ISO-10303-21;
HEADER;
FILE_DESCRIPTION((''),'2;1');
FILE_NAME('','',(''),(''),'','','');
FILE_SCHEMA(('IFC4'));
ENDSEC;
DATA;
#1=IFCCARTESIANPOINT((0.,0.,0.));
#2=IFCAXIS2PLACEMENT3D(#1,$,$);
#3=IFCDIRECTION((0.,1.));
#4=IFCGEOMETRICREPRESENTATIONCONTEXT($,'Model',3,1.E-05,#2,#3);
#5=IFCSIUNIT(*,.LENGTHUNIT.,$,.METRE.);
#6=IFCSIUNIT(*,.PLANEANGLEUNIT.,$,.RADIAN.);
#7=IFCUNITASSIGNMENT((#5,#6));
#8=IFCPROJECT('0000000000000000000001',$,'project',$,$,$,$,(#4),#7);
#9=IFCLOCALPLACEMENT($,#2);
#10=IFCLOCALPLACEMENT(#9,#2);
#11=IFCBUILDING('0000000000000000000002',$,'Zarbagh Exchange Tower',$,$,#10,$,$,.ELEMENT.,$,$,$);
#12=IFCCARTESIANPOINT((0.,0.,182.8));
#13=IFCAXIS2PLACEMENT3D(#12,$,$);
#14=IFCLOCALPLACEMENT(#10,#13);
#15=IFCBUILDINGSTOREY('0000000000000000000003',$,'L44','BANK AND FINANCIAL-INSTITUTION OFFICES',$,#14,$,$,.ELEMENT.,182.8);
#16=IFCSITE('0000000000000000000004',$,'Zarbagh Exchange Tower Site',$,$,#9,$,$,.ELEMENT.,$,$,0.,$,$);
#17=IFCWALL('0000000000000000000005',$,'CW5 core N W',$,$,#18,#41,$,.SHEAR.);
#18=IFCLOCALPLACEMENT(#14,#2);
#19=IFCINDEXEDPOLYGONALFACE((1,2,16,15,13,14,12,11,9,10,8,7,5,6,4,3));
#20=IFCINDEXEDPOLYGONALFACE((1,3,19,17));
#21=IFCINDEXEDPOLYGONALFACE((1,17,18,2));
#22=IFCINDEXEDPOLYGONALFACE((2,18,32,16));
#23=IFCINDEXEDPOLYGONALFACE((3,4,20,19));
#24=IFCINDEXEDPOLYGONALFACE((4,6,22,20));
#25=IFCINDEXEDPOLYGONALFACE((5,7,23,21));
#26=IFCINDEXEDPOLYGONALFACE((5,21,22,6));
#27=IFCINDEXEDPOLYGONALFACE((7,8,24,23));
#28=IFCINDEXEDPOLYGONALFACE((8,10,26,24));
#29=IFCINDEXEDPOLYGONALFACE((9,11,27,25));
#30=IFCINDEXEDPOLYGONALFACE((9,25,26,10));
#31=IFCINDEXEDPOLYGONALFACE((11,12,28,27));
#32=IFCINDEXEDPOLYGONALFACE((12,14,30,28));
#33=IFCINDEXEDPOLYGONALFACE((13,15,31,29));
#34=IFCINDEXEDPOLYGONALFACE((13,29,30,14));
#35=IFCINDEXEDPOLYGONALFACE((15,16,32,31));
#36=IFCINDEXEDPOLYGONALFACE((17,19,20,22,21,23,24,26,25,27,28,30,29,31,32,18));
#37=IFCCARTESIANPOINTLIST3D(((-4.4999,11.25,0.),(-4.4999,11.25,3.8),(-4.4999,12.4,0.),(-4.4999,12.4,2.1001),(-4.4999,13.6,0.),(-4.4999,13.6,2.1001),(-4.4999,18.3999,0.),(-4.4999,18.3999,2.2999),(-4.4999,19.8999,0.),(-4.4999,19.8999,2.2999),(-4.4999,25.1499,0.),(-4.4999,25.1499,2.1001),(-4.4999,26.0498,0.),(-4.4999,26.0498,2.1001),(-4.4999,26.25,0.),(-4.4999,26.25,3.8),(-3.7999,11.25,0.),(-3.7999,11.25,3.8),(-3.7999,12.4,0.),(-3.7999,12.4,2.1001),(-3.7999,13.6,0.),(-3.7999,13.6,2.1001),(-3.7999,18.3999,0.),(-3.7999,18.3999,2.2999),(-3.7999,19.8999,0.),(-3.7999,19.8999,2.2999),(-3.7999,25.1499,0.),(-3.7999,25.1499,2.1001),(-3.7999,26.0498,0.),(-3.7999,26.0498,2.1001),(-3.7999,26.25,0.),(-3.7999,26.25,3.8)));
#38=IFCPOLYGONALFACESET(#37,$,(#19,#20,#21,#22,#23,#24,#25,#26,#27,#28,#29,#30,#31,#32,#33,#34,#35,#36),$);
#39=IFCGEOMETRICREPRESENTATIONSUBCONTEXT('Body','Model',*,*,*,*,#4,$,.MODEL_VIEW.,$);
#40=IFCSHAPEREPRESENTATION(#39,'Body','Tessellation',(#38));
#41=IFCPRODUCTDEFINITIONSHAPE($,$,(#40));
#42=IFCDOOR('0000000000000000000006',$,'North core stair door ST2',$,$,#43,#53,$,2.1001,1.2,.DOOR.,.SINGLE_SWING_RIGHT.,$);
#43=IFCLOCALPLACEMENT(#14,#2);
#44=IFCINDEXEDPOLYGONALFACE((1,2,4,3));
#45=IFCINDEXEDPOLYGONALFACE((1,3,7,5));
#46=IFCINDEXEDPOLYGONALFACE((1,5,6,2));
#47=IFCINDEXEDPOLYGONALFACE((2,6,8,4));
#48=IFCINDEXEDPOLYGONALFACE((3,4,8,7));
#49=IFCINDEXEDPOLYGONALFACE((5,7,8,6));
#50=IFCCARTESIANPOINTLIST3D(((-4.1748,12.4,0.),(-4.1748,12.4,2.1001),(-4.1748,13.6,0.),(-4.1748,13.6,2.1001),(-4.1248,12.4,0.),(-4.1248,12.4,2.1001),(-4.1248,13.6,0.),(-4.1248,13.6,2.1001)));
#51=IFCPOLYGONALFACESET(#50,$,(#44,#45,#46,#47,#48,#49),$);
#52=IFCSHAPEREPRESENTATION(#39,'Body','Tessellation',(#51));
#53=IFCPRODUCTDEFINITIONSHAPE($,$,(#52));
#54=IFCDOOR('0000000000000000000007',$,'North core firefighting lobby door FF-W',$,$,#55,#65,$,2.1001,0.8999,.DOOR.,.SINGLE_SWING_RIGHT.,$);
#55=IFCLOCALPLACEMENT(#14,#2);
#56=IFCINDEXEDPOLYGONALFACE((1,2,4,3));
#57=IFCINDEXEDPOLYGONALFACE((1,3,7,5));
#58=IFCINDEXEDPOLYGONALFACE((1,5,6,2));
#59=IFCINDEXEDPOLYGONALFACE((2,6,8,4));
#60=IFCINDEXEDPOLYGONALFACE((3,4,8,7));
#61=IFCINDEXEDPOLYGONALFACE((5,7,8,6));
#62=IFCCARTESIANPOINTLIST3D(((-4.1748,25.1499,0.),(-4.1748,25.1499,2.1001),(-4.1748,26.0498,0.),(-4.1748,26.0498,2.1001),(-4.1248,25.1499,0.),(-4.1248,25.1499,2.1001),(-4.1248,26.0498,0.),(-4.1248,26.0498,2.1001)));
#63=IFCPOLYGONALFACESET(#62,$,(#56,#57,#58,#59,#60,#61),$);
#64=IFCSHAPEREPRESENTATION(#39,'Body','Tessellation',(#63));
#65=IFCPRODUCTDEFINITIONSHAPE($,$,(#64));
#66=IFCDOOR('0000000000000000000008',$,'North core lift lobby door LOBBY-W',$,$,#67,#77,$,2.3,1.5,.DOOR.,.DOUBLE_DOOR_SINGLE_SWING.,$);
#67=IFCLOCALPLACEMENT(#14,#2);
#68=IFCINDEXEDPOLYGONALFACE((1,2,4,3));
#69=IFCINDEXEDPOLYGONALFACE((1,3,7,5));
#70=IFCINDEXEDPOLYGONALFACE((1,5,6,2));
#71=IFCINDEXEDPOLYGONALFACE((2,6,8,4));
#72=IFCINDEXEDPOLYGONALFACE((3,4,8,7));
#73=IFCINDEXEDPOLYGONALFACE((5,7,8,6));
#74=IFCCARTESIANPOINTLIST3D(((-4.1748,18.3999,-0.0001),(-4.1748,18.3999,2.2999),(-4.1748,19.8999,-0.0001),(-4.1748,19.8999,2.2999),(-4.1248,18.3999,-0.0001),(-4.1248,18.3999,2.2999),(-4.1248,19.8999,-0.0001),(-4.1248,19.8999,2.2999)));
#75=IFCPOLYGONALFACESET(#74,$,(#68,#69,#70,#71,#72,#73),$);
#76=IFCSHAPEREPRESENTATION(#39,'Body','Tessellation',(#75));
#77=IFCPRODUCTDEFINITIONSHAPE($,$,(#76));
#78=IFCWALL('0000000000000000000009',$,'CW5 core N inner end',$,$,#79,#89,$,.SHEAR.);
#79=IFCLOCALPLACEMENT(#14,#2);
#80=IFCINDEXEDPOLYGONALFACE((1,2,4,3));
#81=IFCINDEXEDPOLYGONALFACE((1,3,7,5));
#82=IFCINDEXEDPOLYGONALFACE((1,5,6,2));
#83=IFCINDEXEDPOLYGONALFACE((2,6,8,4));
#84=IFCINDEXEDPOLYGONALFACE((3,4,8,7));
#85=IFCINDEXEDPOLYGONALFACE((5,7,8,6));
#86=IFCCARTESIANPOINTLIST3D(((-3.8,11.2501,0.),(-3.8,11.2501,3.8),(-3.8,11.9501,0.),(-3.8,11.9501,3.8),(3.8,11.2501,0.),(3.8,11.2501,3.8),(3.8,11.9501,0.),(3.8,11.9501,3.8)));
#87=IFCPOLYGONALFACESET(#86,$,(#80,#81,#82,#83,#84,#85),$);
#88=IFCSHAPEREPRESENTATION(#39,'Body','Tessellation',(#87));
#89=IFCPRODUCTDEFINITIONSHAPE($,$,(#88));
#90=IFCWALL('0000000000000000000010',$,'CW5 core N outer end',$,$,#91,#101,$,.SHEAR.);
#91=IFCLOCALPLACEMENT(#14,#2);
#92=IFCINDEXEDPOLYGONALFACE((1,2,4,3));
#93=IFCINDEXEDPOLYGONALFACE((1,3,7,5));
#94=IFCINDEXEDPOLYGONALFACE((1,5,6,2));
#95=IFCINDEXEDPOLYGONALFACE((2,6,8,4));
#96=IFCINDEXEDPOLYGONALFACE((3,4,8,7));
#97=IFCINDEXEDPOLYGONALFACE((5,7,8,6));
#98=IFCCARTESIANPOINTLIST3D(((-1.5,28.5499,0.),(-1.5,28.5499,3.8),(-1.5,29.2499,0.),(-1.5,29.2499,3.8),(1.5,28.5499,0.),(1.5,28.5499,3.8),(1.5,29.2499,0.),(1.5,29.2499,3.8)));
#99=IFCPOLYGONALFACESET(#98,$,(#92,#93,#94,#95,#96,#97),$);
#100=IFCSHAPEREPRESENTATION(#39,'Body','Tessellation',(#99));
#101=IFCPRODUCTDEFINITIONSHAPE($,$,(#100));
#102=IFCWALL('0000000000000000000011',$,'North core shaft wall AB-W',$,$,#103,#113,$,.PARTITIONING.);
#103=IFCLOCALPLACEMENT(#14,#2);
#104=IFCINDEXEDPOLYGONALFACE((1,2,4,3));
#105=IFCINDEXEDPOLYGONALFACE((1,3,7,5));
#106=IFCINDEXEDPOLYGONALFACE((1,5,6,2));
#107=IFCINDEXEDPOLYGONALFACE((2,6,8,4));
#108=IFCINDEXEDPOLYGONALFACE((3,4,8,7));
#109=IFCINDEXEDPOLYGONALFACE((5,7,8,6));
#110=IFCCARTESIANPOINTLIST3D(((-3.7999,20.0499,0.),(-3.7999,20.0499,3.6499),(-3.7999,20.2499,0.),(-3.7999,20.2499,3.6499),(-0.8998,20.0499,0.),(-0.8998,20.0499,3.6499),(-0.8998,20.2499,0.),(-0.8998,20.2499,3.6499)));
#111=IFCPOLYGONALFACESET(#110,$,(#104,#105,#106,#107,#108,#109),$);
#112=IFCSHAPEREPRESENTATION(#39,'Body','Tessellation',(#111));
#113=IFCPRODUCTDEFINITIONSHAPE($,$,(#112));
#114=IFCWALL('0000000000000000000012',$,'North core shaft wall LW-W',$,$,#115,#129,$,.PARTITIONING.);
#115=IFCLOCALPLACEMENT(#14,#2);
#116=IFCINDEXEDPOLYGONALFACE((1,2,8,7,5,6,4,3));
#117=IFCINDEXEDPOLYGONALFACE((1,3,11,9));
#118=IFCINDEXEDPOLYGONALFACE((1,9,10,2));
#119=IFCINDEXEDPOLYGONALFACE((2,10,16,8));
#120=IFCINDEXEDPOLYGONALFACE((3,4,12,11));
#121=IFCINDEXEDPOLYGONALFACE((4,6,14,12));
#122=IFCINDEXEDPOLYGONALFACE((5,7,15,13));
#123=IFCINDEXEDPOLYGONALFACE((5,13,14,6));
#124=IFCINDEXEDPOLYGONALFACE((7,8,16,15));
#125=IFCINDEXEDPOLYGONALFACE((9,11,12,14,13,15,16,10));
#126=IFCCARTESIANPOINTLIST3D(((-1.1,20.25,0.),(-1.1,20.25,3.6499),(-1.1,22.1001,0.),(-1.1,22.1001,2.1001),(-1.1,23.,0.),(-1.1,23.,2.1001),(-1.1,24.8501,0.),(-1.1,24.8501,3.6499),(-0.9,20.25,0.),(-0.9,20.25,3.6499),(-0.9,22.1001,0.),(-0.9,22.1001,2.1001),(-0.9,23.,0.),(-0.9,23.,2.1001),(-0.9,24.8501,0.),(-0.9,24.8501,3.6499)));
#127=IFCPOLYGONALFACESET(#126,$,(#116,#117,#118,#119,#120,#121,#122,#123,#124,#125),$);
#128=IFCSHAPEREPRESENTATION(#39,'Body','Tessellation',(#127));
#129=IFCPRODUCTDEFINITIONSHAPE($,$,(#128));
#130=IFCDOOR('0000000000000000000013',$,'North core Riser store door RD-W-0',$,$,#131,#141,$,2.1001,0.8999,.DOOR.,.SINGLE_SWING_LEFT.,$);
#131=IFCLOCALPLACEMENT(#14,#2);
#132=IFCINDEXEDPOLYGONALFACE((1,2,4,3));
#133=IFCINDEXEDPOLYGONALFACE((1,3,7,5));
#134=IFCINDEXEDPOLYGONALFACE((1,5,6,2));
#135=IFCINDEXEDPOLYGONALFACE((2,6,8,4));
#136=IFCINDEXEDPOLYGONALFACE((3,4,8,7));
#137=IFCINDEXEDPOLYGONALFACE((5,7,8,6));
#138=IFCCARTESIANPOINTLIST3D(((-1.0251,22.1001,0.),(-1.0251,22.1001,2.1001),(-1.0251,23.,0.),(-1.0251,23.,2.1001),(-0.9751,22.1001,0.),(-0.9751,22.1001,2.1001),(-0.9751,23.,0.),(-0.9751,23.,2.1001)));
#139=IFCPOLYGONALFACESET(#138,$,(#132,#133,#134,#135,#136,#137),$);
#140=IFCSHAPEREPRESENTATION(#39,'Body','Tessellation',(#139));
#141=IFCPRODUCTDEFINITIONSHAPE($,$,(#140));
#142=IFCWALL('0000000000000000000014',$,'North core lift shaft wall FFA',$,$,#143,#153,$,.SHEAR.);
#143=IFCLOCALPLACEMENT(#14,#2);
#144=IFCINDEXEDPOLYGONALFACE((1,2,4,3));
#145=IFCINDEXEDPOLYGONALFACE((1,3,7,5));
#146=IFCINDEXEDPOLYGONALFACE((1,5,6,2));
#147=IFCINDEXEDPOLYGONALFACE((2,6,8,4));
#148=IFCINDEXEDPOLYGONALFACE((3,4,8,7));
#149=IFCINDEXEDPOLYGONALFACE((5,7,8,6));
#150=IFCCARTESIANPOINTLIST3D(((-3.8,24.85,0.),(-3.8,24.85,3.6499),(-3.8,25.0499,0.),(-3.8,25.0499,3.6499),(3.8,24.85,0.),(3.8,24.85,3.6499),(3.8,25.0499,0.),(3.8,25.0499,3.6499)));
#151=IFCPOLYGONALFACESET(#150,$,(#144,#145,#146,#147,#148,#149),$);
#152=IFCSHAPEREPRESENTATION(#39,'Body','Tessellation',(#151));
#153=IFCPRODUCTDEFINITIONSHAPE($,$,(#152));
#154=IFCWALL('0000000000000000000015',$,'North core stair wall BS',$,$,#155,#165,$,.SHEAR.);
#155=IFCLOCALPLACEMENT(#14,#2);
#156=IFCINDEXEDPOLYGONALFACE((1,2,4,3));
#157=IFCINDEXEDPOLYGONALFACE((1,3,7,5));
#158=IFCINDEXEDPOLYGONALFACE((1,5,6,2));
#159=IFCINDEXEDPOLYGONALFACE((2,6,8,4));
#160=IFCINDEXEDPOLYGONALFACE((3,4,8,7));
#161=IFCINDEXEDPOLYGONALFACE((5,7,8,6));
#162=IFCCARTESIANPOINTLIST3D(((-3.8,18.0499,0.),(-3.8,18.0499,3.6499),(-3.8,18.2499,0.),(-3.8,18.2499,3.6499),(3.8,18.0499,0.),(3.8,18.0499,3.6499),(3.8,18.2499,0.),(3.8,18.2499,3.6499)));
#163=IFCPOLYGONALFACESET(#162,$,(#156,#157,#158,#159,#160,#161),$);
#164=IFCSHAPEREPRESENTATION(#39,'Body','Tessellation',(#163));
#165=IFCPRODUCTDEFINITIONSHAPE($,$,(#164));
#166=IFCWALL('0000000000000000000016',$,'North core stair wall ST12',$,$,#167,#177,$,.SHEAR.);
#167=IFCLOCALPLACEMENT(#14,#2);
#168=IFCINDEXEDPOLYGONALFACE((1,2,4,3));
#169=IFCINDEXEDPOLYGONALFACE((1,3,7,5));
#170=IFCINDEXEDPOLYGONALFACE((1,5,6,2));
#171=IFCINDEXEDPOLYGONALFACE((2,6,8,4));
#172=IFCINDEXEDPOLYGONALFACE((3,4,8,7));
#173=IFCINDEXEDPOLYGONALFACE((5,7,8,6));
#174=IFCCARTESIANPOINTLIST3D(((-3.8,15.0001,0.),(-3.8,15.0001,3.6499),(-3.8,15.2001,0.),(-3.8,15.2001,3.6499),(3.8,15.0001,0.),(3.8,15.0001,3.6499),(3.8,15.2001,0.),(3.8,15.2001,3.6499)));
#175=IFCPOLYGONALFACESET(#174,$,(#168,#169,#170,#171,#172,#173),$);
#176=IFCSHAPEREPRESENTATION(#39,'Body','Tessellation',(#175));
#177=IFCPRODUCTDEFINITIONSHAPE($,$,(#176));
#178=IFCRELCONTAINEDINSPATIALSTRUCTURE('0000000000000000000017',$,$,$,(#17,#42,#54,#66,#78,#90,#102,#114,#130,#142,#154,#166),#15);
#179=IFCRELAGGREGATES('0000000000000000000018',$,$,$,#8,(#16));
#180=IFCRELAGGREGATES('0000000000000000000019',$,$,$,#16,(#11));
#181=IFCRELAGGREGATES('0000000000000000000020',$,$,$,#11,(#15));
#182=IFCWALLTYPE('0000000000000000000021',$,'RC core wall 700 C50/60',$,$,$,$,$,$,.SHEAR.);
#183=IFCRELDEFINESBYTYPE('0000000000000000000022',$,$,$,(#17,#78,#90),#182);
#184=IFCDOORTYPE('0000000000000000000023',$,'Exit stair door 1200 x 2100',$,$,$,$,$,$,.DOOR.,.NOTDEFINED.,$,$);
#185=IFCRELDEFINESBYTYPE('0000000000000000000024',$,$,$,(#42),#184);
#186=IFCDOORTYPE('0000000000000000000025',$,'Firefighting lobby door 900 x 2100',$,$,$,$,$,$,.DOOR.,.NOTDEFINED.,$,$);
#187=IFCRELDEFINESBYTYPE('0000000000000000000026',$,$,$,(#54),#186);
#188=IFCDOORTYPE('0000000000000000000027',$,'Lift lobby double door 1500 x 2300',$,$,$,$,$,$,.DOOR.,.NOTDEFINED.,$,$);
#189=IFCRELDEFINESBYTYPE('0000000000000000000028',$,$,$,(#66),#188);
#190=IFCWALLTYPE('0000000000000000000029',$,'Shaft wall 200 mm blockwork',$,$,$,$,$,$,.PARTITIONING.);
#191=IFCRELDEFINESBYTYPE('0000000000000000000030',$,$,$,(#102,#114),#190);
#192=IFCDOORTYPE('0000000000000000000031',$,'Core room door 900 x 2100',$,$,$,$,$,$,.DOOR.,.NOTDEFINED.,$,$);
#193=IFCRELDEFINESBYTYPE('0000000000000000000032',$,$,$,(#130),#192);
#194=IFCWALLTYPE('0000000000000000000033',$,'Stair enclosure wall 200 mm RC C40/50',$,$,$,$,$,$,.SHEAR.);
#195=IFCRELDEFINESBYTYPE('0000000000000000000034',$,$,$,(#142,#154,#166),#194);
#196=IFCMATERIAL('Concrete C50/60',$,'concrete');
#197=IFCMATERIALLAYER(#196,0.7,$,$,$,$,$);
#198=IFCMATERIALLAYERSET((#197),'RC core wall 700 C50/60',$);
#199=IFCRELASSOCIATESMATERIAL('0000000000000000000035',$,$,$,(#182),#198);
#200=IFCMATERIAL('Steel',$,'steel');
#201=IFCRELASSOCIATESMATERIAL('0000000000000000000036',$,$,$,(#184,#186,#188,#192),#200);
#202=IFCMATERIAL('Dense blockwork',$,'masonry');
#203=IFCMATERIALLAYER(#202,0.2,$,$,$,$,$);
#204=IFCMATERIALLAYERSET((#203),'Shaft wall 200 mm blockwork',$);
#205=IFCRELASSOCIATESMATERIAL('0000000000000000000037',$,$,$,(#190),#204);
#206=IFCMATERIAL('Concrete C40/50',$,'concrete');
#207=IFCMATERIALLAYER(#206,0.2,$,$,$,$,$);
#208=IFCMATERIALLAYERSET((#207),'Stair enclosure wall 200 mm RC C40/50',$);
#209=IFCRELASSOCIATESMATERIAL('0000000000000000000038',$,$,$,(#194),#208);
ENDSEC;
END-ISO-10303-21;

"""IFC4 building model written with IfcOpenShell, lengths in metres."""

from ifc_helpers import new_model, si_unit, direction, frame, frame_2d, origin, place, context, subcontext, project, spatial, rectangle, extrude, material, layer, layer_set, type_object, element, fill, save


model = new_model("IFC4")

# Units and contexts
model_context = context("Model", 3, precision=1e-05, world=origin(), true_north=direction((0.0, 1.0)))
body_context = subcontext(model_context, "Body", "Model", "MODEL_VIEW")
ifc_project = project(units=[si_unit("LENGTHUNIT", "METRE"), si_unit("PLANEANGLEUNIT", "RADIAN")], contexts=[model_context])

# Site, building, storey
site_placement = place(None, origin())
site = spatial("IfcSite", under=ifc_project, at=site_placement, Name="Zarbagh Exchange Tower Site", CompositionType="ELEMENT", RefElevation=0.0)
building_placement = place(site_placement, origin())
building = spatial("IfcBuilding", under=site, at=building_placement, Name="Zarbagh Exchange Tower", CompositionType="ELEMENT")
storey_placement = place(building_placement, frame((0.0, 0.0, 182.8)))
storey = spatial("IfcBuildingStorey", under=building, at=storey_placement, Name="L44", Description="BANK AND FINANCIAL-INSTITUTION OFFICES", CompositionType="ELEMENT", Elevation=182.8)

# Shared definitions
ifc_material_1 = material(Name="Concrete C50/60", Category="concrete")

# Wall, openings, doors
ifc_layer_1 = layer(ifc_material_1, 0.7)
ifc_layer_set_1 = layer_set([ifc_layer_1], Name="RC core wall 700 C50/60")
wall_type_1 = type_object("IfcWallType", Name="RC core wall 700 C50/60", PredefinedType="SHEAR", material=ifc_layer_set_1)
wall_1_placement = place(storey_placement, frame((-4.1499, 11.25, 0.0), z_axis=(0.0, 0.0, 1.0), x_axis=(0.0, 1.0, 0.0)))
wall_1 = element("IfcWall", 1, at=wall_1_placement, inside=storey, type_object=wall_type_1, Name="CW5 core N W", PredefinedType="SHEAR", context=body_context, shape_type="SweptSolid", body=[
    extrude(rectangle(XDim=15.0, YDim=0.7, at=frame_2d((7.5, 0.0))), origin(), (0.0, 0.0, 1.0), 3.8),
])
opening_1_placement = place(wall_1_placement, frame((7.1499, 0.0, 0.0)))
opening_1 = element("IfcOpeningElement", 2, at=opening_1_placement, cuts=wall_1, PredefinedType="OPENING", context=body_context, shape_type="SweptSolid", body=[
    extrude(rectangle(XDim=1.5, YDim=2.3, at=frame_2d((0.75, 1.1499))), frame((0.0, 0.3599, 0.0), z_axis=(0.0, -1.0, 0.0), x_axis=(1.0, 0.0, 0.0)), (0.0, 0.0, 1.0), 0.72),
])
opening_2_placement = place(wall_1_placement, frame((13.8999, 0.0, 0.0)))
opening_2 = element("IfcOpeningElement", 3, at=opening_2_placement, cuts=wall_1, PredefinedType="OPENING", context=body_context, shape_type="SweptSolid", body=[
    extrude(rectangle(XDim=0.8999, YDim=2.1001, at=frame_2d((0.45, 1.05))), frame((0.0, 0.3599, 0.0), z_axis=(0.0, -1.0, 0.0), x_axis=(1.0, 0.0, 0.0)), (0.0, 0.0, 1.0), 0.72),
])
opening_3_placement = place(wall_1_placement, frame((1.1499, 0.0, 0.0)))
opening_3 = element("IfcOpeningElement", 4, at=opening_3_placement, cuts=wall_1, PredefinedType="OPENING", context=body_context, shape_type="SweptSolid", body=[
    extrude(rectangle(XDim=1.2, YDim=2.1001, at=frame_2d((0.6001, 1.05))), frame((0.0, 0.3599, 0.0), z_axis=(0.0, -1.0, 0.0), x_axis=(1.0, 0.0, 0.0)), (0.0, 0.0, 1.0), 0.72),
])
ifc_material_2 = material(Name="Steel", Category="steel")
door_type_1 = type_object("IfcDoorType", Name="Exit stair door 1200 x 2100", OperationType="NOTDEFINED", PredefinedType="DOOR", material=ifc_material_2)
door_1_placement = place(opening_3_placement, origin())
door_1 = element("IfcDoor", 5, at=door_1_placement, inside=storey, type_object=door_type_1, Name="North core stair door ST2", OperationType="SINGLE_SWING_RIGHT", OverallHeight=2.1001, OverallWidth=1.2, PredefinedType="DOOR", context=body_context, shape_type="SweptSolid", body=[
    extrude(rectangle(XDim=1.2, YDim=2.1001, at=frame_2d((0.6001, 1.05))), frame((0.0, 0.0249, 0.0), z_axis=(0.0, -1.0, 0.0), x_axis=(1.0, 0.0, 0.0)), (0.0, 0.0, 1.0), 0.05),
])
fill(opening_3, door_1)
door_type_2 = type_object("IfcDoorType", Name="Firefighting lobby door 900 x 2100", OperationType="NOTDEFINED", PredefinedType="DOOR", material=ifc_material_2)
door_2_placement = place(opening_2_placement, origin())
door_2 = element("IfcDoor", 6, at=door_2_placement, inside=storey, type_object=door_type_2, Name="North core firefighting lobby door FF-W", OperationType="SINGLE_SWING_RIGHT", OverallHeight=2.1001, OverallWidth=0.8999, PredefinedType="DOOR", context=body_context, shape_type="SweptSolid", body=[
    extrude(rectangle(XDim=0.8999, YDim=2.1001, at=frame_2d((0.45, 1.05))), frame((0.0, 0.0249, 0.0), z_axis=(0.0, -1.0, 0.0), x_axis=(1.0, 0.0, 0.0)), (0.0, 0.0, 1.0), 0.05),
])
fill(opening_2, door_2)
door_type_3 = type_object("IfcDoorType", Name="Lift lobby double door 1500 x 2300", OperationType="NOTDEFINED", PredefinedType="DOOR", material=ifc_material_2)
door_3_placement = place(opening_1_placement, origin())
door_3 = element("IfcDoor", 7, at=door_3_placement, inside=storey, type_object=door_type_3, Name="North core lift lobby door LOBBY-W", OperationType="DOUBLE_DOOR_SINGLE_SWING", OverallHeight=2.3, OverallWidth=1.5, PredefinedType="DOOR", context=body_context, shape_type="SweptSolid", body=[
    extrude(rectangle(XDim=1.5, YDim=2.3, at=frame_2d((0.75, 1.1499))), frame((0.0, 0.0249, 0.0), z_axis=(0.0, -1.0, 0.0), x_axis=(1.0, 0.0, 0.0)), (0.0, 0.0, 1.0), 0.05),
])
fill(opening_1, door_3)

# Walls
wall_2_placement = place(storey_placement, frame((-3.8, 11.6001, 0.0), z_axis=(0.0, 0.0, 1.0), x_axis=(1.0, 0.0, 0.0)))
element("IfcWall", 8, at=wall_2_placement, inside=storey, type_object=wall_type_1, Name="CW5 core N inner end", PredefinedType="SHEAR", context=body_context, shape_type="SweptSolid", body=[
    extrude(rectangle(XDim=7.6001, YDim=0.7, at=frame_2d((3.8, 0.0))), origin(), (0.0, 0.0, 1.0), 3.8),
])
wall_3_placement = place(storey_placement, frame((-1.5, 28.8999, 0.0), z_axis=(0.0, 0.0, 1.0), x_axis=(1.0, 0.0, 0.0)))
element("IfcWall", 9, at=wall_3_placement, inside=storey, type_object=wall_type_1, Name="CW5 core N outer end", PredefinedType="SHEAR", context=body_context, shape_type="SweptSolid", body=[
    extrude(rectangle(XDim=3.0, YDim=0.7, at=frame_2d((1.5, 0.0))), origin(), (0.0, 0.0, 1.0), 3.8),
])
ifc_material_3 = material(Name="Dense blockwork", Category="masonry")
ifc_layer_2 = layer(ifc_material_3, 0.2)
ifc_layer_set_2 = layer_set([ifc_layer_2], Name="Shaft wall 200 mm blockwork")
wall_type_2 = type_object("IfcWallType", Name="Shaft wall 200 mm blockwork", PredefinedType="PARTITIONING", material=ifc_layer_set_2)
wall_4_placement = place(storey_placement, frame((-3.8, 20.1499, 0.0), z_axis=(0.0, 0.0, 1.0), x_axis=(1.0, 0.0, 0.0)))
element("IfcWall", 10, at=wall_4_placement, inside=storey, type_object=wall_type_2, Name="North core shaft wall AB-W", PredefinedType="PARTITIONING", context=body_context, shape_type="SweptSolid", body=[
    extrude(rectangle(XDim=2.9001, YDim=0.2, at=frame_2d((1.4502, 0.0))), origin(), (0.0, 0.0, 1.0), 3.6499),
])

# Wall, opening, door
wall_5_placement = place(storey_placement, frame((-1.0, 24.8501, 0.0), z_axis=(0.0, 0.0, 1.0), x_axis=(0.0, -1.0, 0.0)))
wall_5 = element("IfcWall", 11, at=wall_5_placement, inside=storey, type_object=wall_type_2, Name="North core shaft wall LW-W", PredefinedType="PARTITIONING", context=body_context, shape_type="SweptSolid", body=[
    extrude(rectangle(XDim=4.6001, YDim=0.2, at=frame_2d((2.3, 0.0))), origin(), (0.0, 0.0, 1.0), 3.6499),
])
opening_4_placement = place(wall_5_placement, frame((1.8501, 0.0, 0.0)))
opening_4 = element("IfcOpeningElement", 12, at=opening_4_placement, cuts=wall_5, PredefinedType="OPENING", context=body_context, shape_type="SweptSolid", body=[
    extrude(rectangle(XDim=0.8999, YDim=2.1001, at=frame_2d((0.45, 1.05))), frame((0.0, 0.1099, 0.0), z_axis=(0.0, -1.0, 0.0), x_axis=(1.0, 0.0, 0.0)), (0.0, 0.0, 1.0), 0.22),
])
door_type_4 = type_object("IfcDoorType", Name="Core room door 900 x 2100", OperationType="NOTDEFINED", PredefinedType="DOOR", material=ifc_material_2)
door_4_placement = place(opening_4_placement, origin())
door_4 = element("IfcDoor", 13, at=door_4_placement, inside=storey, type_object=door_type_4, Name="North core Riser store door RD-W-0", OperationType="SINGLE_SWING_LEFT", OverallHeight=2.1001, OverallWidth=0.8999, PredefinedType="DOOR", context=body_context, shape_type="SweptSolid", body=[
    extrude(rectangle(XDim=0.8999, YDim=2.1001, at=frame_2d((0.45, 1.05))), frame((0.0, 0.0249, 0.0), z_axis=(0.0, -1.0, 0.0), x_axis=(1.0, 0.0, 0.0)), (0.0, 0.0, 1.0), 0.05),
])
fill(opening_4, door_4)

# Walls
ifc_material_4 = material(Name="Concrete C40/50", Category="concrete")
ifc_layer_3 = layer(ifc_material_4, 0.2)
ifc_layer_set_3 = layer_set([ifc_layer_3], Name="Stair enclosure wall 200 mm RC C40/50")
wall_type_3 = type_object("IfcWallType", Name="Stair enclosure wall 200 mm RC C40/50", PredefinedType="SHEAR", material=ifc_layer_set_3)
for number, where, z_axis, x_axis, name in (
    (14, (-3.8, 24.95, 0.0), (0.0, 0.0, 1.0), (1.0, 0.0, 0.0), "North core lift shaft wall FFA"),
    (15, (-3.8, 18.1499, 0.0), (0.0, 0.0, 1.0), (1.0, 0.0, 0.0), "North core stair wall BS"),
    (16, (-3.8, 15.1001, 0.0), (0.0, 0.0, 1.0), (1.0, 0.0, 0.0), "North core stair wall ST12"),
):
    element("IfcWall", number, at=place(storey_placement, frame(where, z_axis=z_axis, x_axis=x_axis)), inside=storey, type_object=wall_type_3, Name=name, PredefinedType="SHEAR", context=body_context, shape_type="SweptSolid", body=[
        extrude(rectangle(XDim=7.6001, YDim=0.2, at=frame_2d((3.8, 0.0))), origin(), (0.0, 0.0, 1.0), 3.6499),
    ])

save(model, "model.ifc")
